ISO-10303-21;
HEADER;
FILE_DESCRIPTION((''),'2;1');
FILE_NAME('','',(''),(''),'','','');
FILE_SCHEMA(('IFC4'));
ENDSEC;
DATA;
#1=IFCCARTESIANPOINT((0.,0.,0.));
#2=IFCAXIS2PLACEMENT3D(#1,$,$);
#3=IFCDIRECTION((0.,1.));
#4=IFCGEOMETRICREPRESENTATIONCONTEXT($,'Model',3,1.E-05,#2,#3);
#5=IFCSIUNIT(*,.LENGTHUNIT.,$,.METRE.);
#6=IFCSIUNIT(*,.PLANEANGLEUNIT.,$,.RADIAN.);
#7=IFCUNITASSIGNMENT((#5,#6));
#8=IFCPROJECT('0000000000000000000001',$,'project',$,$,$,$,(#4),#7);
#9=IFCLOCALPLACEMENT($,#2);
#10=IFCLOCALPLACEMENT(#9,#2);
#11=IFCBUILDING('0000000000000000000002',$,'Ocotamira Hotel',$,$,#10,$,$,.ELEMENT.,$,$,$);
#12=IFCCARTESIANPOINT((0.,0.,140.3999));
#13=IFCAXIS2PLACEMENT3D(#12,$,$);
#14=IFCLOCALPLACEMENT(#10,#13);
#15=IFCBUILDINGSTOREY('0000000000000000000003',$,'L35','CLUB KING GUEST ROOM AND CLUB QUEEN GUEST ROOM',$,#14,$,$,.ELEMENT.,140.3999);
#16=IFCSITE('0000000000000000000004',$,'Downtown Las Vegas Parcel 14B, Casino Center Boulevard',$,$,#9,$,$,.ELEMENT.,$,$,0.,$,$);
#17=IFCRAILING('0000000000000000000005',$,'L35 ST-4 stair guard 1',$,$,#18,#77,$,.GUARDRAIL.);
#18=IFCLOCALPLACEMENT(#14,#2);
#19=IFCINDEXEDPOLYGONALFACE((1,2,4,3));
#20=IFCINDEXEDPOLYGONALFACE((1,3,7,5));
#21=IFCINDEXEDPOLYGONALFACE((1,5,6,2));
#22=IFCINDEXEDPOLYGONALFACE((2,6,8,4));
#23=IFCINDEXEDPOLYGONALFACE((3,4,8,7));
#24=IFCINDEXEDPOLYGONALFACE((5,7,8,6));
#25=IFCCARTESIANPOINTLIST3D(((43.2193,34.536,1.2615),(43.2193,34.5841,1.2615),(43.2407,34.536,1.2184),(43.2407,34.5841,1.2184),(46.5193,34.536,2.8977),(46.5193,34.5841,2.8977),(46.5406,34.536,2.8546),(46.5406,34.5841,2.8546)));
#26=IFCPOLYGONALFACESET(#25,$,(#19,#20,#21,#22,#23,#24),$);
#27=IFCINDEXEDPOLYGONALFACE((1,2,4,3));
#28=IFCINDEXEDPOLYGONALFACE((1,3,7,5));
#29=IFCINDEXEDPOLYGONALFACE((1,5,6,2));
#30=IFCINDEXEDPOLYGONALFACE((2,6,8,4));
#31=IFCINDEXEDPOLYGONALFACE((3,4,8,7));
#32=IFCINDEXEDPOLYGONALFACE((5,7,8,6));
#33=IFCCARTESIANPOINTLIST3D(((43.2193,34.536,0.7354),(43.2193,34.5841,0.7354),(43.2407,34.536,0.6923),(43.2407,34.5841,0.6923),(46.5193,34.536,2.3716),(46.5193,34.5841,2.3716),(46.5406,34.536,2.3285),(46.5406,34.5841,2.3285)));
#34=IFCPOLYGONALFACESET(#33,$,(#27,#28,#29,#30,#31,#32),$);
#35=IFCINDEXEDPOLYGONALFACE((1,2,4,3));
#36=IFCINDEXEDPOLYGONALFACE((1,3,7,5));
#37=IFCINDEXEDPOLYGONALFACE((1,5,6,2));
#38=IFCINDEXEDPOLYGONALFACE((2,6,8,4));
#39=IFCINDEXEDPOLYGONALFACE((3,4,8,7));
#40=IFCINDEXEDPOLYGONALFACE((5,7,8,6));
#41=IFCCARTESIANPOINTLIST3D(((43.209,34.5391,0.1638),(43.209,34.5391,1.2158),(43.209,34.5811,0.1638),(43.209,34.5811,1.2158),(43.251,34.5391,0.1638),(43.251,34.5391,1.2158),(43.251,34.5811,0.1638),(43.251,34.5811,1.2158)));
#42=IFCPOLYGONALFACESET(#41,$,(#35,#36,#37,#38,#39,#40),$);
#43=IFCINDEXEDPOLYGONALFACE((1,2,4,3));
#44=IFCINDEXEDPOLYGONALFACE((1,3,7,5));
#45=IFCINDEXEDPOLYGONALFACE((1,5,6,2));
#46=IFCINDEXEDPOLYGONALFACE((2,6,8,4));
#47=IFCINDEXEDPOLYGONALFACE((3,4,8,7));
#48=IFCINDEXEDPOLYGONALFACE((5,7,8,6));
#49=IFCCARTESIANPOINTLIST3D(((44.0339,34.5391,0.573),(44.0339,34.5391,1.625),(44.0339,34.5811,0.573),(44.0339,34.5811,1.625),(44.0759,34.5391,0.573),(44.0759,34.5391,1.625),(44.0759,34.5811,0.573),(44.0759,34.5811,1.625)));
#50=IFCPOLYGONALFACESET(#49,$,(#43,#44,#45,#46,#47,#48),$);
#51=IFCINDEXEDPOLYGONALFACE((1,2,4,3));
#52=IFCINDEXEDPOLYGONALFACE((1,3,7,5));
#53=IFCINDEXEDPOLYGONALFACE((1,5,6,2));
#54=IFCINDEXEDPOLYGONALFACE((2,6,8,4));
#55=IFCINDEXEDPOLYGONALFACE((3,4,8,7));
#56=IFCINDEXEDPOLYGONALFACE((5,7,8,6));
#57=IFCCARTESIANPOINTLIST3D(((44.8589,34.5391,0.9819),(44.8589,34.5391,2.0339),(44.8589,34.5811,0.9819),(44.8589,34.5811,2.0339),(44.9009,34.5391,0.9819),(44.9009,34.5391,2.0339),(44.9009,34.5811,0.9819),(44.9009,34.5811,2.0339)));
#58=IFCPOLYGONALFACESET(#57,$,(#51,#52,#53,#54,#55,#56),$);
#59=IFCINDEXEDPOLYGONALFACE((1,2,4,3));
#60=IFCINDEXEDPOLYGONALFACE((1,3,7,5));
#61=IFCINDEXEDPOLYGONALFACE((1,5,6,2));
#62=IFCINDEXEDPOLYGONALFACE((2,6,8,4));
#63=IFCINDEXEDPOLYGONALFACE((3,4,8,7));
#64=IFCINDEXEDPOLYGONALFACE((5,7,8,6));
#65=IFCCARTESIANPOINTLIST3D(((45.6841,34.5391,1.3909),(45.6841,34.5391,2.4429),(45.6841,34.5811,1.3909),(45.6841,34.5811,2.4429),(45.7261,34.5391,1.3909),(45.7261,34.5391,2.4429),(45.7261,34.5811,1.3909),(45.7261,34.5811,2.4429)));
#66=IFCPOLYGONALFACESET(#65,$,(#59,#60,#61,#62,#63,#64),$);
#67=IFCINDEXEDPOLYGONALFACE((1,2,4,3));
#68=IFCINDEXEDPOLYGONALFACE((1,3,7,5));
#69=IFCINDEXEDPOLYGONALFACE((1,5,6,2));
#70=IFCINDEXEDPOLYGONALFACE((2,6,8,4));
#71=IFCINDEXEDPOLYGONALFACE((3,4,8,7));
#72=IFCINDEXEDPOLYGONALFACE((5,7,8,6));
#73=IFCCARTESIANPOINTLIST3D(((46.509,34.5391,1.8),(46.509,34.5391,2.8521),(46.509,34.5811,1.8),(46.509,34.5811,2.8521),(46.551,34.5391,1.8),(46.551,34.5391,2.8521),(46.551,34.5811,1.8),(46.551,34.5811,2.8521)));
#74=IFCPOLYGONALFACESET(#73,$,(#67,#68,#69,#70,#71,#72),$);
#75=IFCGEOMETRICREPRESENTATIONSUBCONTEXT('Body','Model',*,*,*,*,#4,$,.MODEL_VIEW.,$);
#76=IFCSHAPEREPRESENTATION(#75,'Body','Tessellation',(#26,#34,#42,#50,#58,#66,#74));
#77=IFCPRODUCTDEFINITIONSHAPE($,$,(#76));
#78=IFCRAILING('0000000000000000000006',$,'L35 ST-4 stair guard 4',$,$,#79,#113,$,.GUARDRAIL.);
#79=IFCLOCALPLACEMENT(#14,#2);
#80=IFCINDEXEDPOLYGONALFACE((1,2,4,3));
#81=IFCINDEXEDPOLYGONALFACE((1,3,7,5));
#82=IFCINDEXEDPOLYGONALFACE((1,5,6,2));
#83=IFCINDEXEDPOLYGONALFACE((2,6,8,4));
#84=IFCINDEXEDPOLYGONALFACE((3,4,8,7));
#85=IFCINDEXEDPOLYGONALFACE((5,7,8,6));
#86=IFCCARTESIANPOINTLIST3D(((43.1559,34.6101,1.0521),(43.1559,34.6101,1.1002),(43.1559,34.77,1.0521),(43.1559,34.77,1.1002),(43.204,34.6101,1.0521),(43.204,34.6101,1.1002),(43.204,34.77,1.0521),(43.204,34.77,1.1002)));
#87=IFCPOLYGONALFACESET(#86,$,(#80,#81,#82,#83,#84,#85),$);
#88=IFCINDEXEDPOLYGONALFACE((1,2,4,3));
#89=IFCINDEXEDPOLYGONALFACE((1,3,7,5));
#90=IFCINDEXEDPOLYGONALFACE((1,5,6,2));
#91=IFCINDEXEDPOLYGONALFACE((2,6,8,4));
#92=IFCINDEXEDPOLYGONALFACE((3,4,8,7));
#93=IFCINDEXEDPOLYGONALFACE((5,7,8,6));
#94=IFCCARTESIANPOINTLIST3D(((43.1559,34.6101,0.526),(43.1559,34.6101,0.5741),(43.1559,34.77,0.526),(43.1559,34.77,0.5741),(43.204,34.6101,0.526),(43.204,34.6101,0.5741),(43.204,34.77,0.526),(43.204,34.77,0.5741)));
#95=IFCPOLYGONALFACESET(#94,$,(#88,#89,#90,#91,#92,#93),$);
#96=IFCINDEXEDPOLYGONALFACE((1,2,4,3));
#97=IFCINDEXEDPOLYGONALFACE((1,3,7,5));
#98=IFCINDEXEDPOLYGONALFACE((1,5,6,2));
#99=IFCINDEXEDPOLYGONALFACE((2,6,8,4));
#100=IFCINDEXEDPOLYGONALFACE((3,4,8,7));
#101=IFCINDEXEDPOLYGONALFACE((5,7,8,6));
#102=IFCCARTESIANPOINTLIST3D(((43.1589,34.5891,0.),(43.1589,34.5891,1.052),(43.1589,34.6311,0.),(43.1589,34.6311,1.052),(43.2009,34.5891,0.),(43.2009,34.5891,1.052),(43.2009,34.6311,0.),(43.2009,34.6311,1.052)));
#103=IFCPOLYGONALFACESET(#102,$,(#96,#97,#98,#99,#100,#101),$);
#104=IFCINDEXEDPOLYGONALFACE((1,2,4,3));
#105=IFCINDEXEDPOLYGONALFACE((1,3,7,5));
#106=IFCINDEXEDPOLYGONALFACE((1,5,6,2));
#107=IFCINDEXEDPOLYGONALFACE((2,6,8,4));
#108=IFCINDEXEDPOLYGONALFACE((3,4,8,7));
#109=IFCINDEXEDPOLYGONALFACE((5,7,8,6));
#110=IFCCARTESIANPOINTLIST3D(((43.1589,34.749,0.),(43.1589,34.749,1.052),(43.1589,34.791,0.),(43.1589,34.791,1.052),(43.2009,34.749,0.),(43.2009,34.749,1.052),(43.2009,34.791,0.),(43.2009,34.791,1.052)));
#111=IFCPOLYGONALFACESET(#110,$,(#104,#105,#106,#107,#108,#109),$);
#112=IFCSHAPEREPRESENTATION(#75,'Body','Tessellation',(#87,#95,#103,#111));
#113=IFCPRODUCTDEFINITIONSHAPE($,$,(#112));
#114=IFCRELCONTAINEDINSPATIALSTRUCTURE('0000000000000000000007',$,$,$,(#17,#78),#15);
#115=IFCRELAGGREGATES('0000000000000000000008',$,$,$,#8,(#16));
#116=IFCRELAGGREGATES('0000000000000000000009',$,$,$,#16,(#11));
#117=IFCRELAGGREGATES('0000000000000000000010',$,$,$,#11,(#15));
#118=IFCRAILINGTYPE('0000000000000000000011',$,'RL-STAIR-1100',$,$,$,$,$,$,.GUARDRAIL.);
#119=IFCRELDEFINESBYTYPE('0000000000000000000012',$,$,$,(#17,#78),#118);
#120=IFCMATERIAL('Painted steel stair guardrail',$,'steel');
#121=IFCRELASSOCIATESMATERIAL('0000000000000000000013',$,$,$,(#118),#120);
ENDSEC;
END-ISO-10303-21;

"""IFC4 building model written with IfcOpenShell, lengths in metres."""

from ifc_helpers import new_model, si_unit, direction, frame, origin, origin_2d, place, context, subcontext, project, spatial, rectangle, extrude, material, type_object, element, save


model = new_model("IFC4")

# Units and contexts
model_context = context("Model", 3, precision=1e-05, world=origin(), true_north=direction((0.0, 1.0)))
body_context = subcontext(model_context, "Body", "Model", "MODEL_VIEW")
ifc_project = project(units=[si_unit("LENGTHUNIT", "METRE"), si_unit("PLANEANGLEUNIT", "RADIAN")], contexts=[model_context])

# Site, building, storey
site_placement = place(None, origin())
site = spatial("IfcSite", under=ifc_project, at=site_placement, Name="Downtown Las Vegas Parcel 14B, Casino Center Boulevard", CompositionType="ELEMENT", RefElevation=0.0)
building_placement = place(site_placement, origin())
building = spatial("IfcBuilding", under=site, at=building_placement, Name="Ocotamira Hotel", CompositionType="ELEMENT")
storey_placement = place(building_placement, frame((0.0, 0.0, 140.3999)))
storey = spatial("IfcBuildingStorey", under=building, at=storey_placement, Name="L35", Description="CLUB KING GUEST ROOM AND CLUB QUEEN GUEST ROOM", CompositionType="ELEMENT", Elevation=140.3999)

# Railings
ifc_material_1 = material(Name="Painted steel stair guardrail", Category="steel")
railing_type_1 = type_object("IfcRailingType", Name="RL-STAIR-1100", PredefinedType="GUARDRAIL", material=ifc_material_1)
railing_1_placement = place(storey_placement, frame((43.23, 34.5601, 0.1638)))
element("IfcRailing", 1, at=railing_1_placement, inside=storey, type_object=railing_type_1, Name="L35 ST-4 stair guard 1", PredefinedType="GUARDRAIL", context=body_context, shape_type="SweptSolid", body=[
    extrude(rectangle(XDim=0.0481, YDim=0.0481, at=origin_2d()), frame((0.0, 0.0, 1.0762), z_axis=(0.89592, 0.0, 0.444215), x_axis=(0.0, 1.0, 0.0)), (0.0, 0.0, 1.0), 3.6833),
    extrude(rectangle(XDim=0.0481, YDim=0.0481, at=origin_2d()), frame((0.0, 0.0, 0.55), z_axis=(0.89592, 0.0, 0.444215), x_axis=(0.0, 1.0, 0.0)), (0.0, 0.0, 1.0), 3.6833),
    extrude(rectangle(XDim=0.042, YDim=0.042, at=origin_2d()), origin(), (0.0, 0.0, 1.0), 1.052),
    extrude(rectangle(XDim=0.042, YDim=0.042, at=origin_2d()), frame((0.825, 0.0, 0.4092)), (0.0, 0.0, 1.0), 1.052),
    extrude(rectangle(XDim=0.042, YDim=0.042, at=origin_2d()), frame((1.6499, 0.0, 0.8181)), (0.0, 0.0, 1.0), 1.052),
    extrude(rectangle(XDim=0.042, YDim=0.042, at=origin_2d()), frame((2.4751, 0.0, 1.2271)), (0.0, 0.0, 1.0), 1.052),
    extrude(rectangle(XDim=0.042, YDim=0.042, at=origin_2d()), frame((3.3, 0.0, 1.6362)), (0.0, 0.0, 1.0), 1.052),
])
railing_2_placement = place(storey_placement, frame((43.1799, 34.6101, 0.0)))
element("IfcRailing", 2, at=railing_2_placement, inside=storey, type_object=railing_type_1, Name="L35 ST-4 stair guard 4", PredefinedType="GUARDRAIL", context=body_context, shape_type="SweptSolid", body=[
    extrude(rectangle(XDim=0.0481, YDim=0.0481, at=origin_2d()), frame((0.0, 0.0, 1.0762), z_axis=(0.0, 1.0, 0.0), x_axis=(-1.0, 0.0, 0.0)), (0.0, 0.0, 1.0), 0.1599),
    extrude(rectangle(XDim=0.0481, YDim=0.0481, at=origin_2d()), frame((0.0, 0.0, 0.55), z_axis=(0.0, 1.0, 0.0), x_axis=(-1.0, 0.0, 0.0)), (0.0, 0.0, 1.0), 0.1599),
    extrude(rectangle(XDim=0.042, YDim=0.042, at=origin_2d()), origin(), (0.0, 0.0, 1.0), 1.052),
    extrude(rectangle(XDim=0.042, YDim=0.042, at=origin_2d()), frame((0.0, 0.1599, 0.0)), (0.0, 0.0, 1.0), 1.052),
])

save(model, "model.ifc")
